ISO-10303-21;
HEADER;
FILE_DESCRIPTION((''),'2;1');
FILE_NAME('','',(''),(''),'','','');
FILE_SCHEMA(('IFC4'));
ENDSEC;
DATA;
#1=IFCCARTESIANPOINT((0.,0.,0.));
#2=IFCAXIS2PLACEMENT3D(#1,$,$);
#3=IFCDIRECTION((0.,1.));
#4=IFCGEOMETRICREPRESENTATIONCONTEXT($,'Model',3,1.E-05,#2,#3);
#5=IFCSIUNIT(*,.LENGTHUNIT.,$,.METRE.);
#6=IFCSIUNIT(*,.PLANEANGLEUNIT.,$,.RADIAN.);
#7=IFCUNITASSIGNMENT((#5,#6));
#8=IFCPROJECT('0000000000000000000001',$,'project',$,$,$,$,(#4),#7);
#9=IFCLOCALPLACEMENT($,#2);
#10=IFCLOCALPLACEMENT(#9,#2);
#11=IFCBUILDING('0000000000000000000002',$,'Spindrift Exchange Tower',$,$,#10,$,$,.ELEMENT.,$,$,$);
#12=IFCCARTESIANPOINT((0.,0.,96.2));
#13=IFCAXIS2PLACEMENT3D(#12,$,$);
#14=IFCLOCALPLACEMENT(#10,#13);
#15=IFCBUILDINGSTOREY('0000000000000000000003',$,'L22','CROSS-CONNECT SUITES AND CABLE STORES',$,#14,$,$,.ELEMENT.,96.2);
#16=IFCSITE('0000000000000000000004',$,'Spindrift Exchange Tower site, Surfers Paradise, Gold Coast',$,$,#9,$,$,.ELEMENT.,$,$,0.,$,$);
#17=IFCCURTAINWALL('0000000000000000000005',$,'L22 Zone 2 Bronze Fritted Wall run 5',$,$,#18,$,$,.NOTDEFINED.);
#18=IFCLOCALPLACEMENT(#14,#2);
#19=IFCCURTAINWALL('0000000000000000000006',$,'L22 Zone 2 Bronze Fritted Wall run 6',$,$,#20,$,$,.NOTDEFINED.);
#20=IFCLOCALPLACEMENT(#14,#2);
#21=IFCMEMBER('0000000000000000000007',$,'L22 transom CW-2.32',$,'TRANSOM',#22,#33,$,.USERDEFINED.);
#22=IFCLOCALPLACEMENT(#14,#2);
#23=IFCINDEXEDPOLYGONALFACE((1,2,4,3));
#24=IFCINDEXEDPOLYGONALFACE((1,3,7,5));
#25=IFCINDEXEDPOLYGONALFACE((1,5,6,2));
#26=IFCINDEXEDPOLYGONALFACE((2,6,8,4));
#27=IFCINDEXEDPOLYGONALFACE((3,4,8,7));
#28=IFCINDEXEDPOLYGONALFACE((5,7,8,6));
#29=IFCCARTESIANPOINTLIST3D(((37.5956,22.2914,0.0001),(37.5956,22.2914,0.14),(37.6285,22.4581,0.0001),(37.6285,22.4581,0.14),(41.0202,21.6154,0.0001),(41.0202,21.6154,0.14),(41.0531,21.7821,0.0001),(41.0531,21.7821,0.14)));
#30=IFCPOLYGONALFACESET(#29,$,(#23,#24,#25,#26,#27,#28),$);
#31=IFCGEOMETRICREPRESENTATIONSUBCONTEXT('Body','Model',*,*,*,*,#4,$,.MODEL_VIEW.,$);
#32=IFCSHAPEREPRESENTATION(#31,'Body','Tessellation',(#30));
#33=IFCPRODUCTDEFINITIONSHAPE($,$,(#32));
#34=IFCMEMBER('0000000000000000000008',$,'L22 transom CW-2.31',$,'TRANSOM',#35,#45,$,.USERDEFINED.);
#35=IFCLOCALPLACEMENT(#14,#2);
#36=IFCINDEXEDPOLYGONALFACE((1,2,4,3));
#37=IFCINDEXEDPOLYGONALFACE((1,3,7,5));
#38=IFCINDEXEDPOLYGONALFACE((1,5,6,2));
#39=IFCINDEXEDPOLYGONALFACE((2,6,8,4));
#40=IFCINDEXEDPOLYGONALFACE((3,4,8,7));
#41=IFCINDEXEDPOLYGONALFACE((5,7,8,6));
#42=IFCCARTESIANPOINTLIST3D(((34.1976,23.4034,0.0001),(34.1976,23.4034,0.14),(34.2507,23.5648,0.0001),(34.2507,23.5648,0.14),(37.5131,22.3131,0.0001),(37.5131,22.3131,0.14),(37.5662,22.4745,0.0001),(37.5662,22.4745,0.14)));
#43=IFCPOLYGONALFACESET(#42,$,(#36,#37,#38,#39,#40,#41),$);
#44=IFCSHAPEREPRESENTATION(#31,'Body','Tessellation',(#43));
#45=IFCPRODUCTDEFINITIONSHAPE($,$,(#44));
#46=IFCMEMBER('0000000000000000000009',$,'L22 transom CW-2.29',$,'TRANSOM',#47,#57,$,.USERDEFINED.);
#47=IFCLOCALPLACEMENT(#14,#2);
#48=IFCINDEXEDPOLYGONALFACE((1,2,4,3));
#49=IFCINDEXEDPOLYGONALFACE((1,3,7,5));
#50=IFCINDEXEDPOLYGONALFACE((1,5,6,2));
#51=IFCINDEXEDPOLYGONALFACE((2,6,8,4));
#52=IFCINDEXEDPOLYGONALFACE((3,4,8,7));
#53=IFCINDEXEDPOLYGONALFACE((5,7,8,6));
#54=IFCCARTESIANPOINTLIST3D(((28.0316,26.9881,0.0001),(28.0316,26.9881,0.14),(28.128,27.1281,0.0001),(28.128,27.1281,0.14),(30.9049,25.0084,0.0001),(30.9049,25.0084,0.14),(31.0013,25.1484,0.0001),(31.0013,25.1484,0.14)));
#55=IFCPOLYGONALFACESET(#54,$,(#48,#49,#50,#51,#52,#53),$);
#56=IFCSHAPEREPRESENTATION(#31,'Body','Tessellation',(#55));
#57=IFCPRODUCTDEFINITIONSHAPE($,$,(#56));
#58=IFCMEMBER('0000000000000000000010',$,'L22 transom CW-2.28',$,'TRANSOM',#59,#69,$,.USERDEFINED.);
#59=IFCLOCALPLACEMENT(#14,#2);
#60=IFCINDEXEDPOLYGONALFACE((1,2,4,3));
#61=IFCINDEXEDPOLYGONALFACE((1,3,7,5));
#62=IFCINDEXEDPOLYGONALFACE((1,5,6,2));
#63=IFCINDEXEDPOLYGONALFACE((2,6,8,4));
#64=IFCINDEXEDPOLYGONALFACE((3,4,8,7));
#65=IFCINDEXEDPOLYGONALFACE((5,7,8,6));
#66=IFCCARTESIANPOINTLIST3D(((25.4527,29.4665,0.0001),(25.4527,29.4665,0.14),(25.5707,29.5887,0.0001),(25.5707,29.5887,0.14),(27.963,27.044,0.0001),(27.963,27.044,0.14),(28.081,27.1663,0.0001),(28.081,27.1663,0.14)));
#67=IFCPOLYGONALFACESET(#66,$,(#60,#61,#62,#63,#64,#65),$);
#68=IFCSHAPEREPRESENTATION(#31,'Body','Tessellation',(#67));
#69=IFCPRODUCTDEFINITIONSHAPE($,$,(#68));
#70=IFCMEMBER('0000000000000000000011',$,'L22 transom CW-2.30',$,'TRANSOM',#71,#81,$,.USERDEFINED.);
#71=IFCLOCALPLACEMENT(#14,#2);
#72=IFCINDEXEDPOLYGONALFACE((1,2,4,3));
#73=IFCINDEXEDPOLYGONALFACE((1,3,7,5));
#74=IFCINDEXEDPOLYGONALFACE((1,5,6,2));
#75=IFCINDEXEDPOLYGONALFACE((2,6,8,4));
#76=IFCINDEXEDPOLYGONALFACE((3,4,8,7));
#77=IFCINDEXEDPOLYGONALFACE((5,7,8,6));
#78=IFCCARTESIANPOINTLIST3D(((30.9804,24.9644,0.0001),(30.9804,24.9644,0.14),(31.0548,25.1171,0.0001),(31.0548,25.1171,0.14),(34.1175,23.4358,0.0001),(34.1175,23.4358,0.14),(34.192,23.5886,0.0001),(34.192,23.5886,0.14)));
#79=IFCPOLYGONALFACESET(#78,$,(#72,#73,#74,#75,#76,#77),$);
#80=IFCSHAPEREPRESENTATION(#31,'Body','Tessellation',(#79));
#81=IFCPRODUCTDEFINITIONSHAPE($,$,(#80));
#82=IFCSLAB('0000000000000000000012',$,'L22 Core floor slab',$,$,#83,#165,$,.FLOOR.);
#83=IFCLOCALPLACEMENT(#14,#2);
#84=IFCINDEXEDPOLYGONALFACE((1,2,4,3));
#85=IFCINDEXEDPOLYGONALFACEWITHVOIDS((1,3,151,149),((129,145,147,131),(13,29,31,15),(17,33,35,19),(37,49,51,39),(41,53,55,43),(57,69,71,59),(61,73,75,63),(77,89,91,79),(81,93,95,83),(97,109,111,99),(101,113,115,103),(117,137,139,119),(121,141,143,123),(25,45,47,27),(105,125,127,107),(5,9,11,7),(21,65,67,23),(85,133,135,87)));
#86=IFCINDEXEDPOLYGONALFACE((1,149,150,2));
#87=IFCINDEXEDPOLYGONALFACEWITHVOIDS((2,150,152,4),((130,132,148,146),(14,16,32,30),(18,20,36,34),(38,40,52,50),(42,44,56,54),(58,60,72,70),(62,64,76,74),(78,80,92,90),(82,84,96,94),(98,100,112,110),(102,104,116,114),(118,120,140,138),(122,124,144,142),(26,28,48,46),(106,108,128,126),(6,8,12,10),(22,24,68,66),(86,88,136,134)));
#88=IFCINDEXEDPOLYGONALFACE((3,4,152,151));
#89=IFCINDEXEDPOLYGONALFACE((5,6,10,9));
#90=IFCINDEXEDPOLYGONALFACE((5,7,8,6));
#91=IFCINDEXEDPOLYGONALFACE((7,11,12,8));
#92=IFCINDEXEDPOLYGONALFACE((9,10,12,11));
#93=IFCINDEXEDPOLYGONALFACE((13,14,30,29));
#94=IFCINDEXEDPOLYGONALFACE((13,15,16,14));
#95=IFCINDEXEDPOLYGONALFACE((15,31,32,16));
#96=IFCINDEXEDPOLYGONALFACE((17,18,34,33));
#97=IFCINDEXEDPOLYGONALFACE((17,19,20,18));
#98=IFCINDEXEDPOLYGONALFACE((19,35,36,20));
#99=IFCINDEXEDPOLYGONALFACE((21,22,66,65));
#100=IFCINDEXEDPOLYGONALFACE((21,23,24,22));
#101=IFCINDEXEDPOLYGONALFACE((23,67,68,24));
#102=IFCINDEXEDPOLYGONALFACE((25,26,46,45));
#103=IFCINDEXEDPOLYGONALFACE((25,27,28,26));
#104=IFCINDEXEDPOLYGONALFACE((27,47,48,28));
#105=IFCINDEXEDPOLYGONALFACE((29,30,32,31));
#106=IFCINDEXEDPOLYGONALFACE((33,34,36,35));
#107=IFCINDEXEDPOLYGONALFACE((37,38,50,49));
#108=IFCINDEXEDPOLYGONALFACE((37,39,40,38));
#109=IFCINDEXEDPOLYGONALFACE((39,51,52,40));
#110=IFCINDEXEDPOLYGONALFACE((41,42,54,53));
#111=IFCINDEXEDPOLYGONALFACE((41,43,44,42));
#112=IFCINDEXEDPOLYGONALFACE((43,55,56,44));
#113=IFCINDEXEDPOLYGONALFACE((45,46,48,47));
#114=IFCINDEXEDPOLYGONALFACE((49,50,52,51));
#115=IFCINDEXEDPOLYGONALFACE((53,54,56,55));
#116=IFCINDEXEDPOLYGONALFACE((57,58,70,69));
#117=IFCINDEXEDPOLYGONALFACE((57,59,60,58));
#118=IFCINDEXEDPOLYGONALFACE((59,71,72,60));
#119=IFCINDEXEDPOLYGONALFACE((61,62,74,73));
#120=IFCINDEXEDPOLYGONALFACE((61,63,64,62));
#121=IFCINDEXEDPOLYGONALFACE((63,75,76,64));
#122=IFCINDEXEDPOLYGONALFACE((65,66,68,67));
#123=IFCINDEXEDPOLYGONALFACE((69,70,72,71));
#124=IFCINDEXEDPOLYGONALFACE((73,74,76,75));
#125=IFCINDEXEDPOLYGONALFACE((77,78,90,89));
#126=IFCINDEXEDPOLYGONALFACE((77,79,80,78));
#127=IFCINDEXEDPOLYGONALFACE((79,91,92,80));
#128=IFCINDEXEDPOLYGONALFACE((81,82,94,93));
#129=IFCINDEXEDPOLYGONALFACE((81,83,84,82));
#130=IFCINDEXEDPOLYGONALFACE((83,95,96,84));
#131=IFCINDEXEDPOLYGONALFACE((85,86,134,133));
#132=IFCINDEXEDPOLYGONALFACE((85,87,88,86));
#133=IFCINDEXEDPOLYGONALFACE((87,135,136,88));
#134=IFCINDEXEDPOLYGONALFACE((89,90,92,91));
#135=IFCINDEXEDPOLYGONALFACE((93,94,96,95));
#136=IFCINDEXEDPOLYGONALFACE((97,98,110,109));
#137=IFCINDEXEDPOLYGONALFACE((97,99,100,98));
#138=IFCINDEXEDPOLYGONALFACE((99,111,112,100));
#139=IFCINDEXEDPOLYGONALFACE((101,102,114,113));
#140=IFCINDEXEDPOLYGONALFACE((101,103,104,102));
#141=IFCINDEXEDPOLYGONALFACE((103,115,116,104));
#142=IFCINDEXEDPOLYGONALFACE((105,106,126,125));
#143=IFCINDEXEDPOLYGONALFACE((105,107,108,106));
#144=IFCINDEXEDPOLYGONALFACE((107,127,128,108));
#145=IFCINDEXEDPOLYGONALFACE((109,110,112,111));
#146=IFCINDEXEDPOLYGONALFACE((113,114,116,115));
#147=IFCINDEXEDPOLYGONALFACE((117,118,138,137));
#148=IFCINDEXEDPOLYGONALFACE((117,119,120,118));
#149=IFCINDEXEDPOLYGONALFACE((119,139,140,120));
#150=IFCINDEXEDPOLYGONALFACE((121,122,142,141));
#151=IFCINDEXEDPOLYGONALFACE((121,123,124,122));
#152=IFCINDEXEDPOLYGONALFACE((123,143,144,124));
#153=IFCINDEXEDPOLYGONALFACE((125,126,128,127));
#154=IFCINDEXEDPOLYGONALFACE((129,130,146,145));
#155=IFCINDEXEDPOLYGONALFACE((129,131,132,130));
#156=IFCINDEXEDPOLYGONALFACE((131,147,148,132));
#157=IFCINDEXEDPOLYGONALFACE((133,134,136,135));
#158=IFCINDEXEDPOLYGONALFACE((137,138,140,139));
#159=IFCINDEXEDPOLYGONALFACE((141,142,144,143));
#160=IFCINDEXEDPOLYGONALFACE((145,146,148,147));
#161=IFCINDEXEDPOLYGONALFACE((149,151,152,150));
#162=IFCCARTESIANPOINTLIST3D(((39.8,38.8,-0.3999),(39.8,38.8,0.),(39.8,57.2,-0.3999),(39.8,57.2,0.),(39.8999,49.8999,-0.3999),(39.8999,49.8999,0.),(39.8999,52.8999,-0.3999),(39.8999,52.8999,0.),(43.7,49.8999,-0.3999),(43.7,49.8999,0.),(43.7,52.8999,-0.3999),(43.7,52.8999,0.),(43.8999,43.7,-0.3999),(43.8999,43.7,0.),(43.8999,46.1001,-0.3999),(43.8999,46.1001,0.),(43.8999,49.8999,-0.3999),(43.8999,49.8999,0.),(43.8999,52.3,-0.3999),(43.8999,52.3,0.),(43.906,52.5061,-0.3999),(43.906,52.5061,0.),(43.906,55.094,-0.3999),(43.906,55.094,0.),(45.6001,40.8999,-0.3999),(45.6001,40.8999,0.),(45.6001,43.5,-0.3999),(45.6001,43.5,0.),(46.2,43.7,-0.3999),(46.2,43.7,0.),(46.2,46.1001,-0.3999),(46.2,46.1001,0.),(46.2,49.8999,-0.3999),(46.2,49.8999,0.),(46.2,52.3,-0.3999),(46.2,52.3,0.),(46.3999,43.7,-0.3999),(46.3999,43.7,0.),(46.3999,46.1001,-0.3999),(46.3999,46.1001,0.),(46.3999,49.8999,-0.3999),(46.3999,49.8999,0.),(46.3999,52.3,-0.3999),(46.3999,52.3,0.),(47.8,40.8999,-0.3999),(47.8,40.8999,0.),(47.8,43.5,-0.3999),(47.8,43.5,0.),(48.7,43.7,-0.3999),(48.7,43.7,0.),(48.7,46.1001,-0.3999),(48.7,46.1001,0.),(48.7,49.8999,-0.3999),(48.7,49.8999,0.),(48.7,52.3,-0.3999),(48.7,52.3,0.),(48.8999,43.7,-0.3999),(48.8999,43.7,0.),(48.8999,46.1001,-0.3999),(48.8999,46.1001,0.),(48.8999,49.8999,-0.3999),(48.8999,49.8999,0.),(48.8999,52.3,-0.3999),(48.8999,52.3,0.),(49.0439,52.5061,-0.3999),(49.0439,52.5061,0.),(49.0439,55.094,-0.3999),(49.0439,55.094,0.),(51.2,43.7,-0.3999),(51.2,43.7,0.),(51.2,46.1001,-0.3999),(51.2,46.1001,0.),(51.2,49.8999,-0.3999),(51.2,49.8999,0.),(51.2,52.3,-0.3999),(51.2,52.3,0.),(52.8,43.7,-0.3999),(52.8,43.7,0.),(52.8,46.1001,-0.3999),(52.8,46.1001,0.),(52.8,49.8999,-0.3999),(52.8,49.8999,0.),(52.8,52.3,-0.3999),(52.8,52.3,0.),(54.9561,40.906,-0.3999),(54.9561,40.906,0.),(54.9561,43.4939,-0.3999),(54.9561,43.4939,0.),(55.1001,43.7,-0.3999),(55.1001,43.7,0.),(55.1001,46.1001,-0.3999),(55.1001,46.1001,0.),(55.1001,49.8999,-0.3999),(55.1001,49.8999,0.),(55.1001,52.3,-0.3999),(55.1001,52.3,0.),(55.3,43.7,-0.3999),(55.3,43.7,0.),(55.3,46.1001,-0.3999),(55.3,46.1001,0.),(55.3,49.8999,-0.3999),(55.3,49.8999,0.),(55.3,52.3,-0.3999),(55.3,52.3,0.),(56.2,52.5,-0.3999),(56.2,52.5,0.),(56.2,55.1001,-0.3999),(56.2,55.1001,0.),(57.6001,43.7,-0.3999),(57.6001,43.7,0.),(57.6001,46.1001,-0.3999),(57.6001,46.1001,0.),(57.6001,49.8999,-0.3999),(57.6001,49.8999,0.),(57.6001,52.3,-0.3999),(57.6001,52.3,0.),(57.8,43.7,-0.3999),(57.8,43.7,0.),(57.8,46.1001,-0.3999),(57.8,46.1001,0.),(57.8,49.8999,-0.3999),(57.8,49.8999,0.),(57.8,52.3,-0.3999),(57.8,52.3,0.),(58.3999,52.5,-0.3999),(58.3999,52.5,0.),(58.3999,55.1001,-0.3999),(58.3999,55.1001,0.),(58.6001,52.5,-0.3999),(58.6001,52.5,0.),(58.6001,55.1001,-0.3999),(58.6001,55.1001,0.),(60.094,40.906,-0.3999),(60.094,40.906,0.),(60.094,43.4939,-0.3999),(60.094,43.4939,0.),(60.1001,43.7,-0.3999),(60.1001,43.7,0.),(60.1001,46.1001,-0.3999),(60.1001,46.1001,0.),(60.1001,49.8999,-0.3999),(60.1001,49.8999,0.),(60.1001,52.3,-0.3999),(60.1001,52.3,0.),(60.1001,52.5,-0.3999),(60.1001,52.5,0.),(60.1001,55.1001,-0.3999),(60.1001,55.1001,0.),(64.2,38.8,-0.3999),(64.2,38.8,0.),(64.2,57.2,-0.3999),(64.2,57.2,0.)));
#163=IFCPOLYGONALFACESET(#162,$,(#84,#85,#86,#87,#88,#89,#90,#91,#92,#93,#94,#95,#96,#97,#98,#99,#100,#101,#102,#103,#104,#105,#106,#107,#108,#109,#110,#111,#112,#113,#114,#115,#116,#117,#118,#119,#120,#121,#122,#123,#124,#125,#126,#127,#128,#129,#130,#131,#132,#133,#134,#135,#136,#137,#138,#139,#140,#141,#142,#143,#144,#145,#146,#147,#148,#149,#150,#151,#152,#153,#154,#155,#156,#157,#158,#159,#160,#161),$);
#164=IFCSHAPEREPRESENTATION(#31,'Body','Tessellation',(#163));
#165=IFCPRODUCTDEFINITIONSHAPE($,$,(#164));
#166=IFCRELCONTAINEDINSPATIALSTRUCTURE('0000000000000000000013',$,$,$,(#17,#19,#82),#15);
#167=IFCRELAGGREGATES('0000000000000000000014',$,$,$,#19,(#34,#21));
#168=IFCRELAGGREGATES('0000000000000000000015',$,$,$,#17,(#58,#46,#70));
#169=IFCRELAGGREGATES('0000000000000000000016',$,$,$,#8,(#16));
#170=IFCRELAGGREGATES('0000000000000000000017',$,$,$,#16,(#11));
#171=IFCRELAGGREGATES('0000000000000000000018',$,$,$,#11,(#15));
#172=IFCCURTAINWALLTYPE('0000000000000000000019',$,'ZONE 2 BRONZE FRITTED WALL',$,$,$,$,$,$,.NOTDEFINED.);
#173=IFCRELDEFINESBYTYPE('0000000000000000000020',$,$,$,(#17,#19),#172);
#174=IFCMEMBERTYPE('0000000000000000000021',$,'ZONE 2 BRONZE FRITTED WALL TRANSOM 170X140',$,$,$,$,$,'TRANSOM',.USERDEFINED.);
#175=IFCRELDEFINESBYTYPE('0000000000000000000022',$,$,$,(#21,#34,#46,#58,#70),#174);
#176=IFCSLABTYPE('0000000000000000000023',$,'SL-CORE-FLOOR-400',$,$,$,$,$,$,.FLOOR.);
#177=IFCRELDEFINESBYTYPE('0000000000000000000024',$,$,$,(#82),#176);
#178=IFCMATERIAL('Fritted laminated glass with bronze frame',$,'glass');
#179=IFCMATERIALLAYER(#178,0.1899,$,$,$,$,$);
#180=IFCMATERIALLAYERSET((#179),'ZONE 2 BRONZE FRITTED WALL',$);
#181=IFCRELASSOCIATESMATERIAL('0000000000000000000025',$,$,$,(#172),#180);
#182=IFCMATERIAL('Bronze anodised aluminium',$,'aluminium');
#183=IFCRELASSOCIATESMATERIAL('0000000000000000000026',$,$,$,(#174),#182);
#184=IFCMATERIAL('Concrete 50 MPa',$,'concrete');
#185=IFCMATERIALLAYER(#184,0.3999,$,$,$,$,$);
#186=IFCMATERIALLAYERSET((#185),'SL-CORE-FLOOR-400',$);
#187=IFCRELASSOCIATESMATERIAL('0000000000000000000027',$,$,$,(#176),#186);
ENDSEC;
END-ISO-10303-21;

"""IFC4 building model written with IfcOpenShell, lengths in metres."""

from ifc_helpers import new_model, si_unit, direction, frame, origin, origin_2d, place, context, subcontext, project, spatial, line, indexed_curve, rectangle, outline, extrude, source, transform, mapped, material, layer, layer_set, material_profile, profile_set, type_object, element, aggregate, save


model = new_model("IFC4")

# Units and contexts
model_context = context("Model", 3, precision=1e-05, world=origin(), true_north=direction((0.0, 1.0)))
body_context = subcontext(model_context, "Body", "Model", "MODEL_VIEW")
ifc_project = project(units=[si_unit("LENGTHUNIT", "METRE"), si_unit("PLANEANGLEUNIT", "RADIAN")], contexts=[model_context])

# Site, building, storey
site_placement = place(None, origin())
site = spatial("IfcSite", under=ifc_project, at=site_placement, Name="Spindrift Exchange Tower site, Surfers Paradise, Gold Coast", CompositionType="ELEMENT", RefElevation=0.0)
building_placement = place(site_placement, origin())
building = spatial("IfcBuilding", under=site, at=building_placement, Name="Spindrift Exchange Tower", CompositionType="ELEMENT")
storey_placement = place(building_placement, frame((0.0, 0.0, 96.2)))
storey = spatial("IfcBuildingStorey", under=building, at=storey_placement, Name="L22", Description="CROSS-CONNECT SUITES AND CABLE STORES", CompositionType="ELEMENT", Elevation=96.2)

# Curtain walls
ifc_material_1 = material(Name="Fritted laminated glass with bronze frame", Category="glass")
ifc_layer_1 = layer(ifc_material_1, 0.1899)
ifc_layer_set_1 = layer_set([ifc_layer_1], Name="ZONE 2 BRONZE FRITTED WALL")
curtain_wall_type = type_object("IfcCurtainWallType", Name="ZONE 2 BRONZE FRITTED WALL", PredefinedType="NOTDEFINED", material=ifc_layer_set_1)
curtain_wall_1_placement = place(storey_placement, origin())
curtain_wall_1 = element("IfcCurtainWall", 1, at=curtain_wall_1_placement, inside=storey, type_object=curtain_wall_type, Name="L22 Zone 2 Bronze Fritted Wall run 5", PredefinedType="NOTDEFINED")
ifc_material_2 = material(Name="Bronze anodised aluminium", Category="aluminium")
curtain_wall_2_placement = place(storey_placement, origin())
curtain_wall_2 = element("IfcCurtainWall", 2, at=curtain_wall_2_placement, inside=storey, type_object=curtain_wall_type, Name="L22 Zone 2 Bronze Fritted Wall run 6", PredefinedType="NOTDEFINED")

# Members
ifc_material_profile_1 = material_profile(ifc_material_2, rectangle(XDim=0.1699, YDim=0.1399, at=origin_2d()), Name="ZONE 2 BRONZE FRITTED WALL TRANSOM 170X140")
ifc_profile_set_1 = profile_set([ifc_material_profile_1], Name="Bronze anodised aluminium")
member_type_1 = type_object("IfcMemberType", Name="ZONE 2 BRONZE FRITTED WALL TRANSOM 170X140", ElementType="TRANSOM", PredefinedType="USERDEFINED", material=ifc_profile_set_1)
shared_shape_1 = source(origin(), body_context, "Body", "SweptSolid", [
    extrude(rectangle(XDim=0.1699, YDim=0.1399, at=origin_2d()), origin(), (0.0, 0.0, 1.0), 3.4907),
])
member_1_placement = place(storey_placement, frame((37.6121, 22.3748, 0.0701), z_axis=(0.981067, -0.193668, 0.0), x_axis=(0.193668, 0.981067, 0.0)))
member_1 = element("IfcMember", 3, at=member_1_placement, type_object=member_type_1, Name="L22 transom CW-2.32", ObjectType="TRANSOM", PredefinedType="USERDEFINED", context=body_context, shape_type="MappedRepresentation", body=[
    mapped(shared_shape_1, transform((0.0, 0.0, 0.0), scale=1.0)),
])
shared_shape_2 = source(origin(), body_context, "Body", "SweptSolid", [
    extrude(rectangle(XDim=0.1699, YDim=0.1399, at=origin_2d()), origin(), (0.0, 0.0, 1.0), 3.4902),
])
member_2_placement = place(storey_placement, frame((34.2241, 23.4841, 0.0701), z_axis=(0.949956, -0.312385, 0.0), x_axis=(0.312385, 0.949956, 0.0)))
member_2 = element("IfcMember", 4, at=member_2_placement, type_object=member_type_1, Name="L22 transom CW-2.31", ObjectType="TRANSOM", PredefinedType="USERDEFINED", context=body_context, shape_type="MappedRepresentation", body=[
    mapped(shared_shape_2, transform((0.0, 0.0, 0.0), scale=1.0)),
])
shared_shape_3 = source(origin(), body_context, "Body", "SweptSolid", [
    extrude(rectangle(XDim=0.1699, YDim=0.1399, at=origin_2d()), origin(), (0.0, 0.0, 1.0), 3.4893),
])
member_3_placement = place(storey_placement, frame((28.0798, 27.0581, 0.0701), z_axis=(0.82346, -0.567375, 0.0), x_axis=(0.567375, 0.82346, 0.0)))
member_3 = element("IfcMember", 5, at=member_3_placement, type_object=member_type_1, Name="L22 transom CW-2.29", ObjectType="TRANSOM", PredefinedType="USERDEFINED", context=body_context, shape_type="MappedRepresentation", body=[
    mapped(shared_shape_3, transform((0.0, 0.0, 0.0), scale=1.0)),
])
shared_shape_4 = source(origin(), body_context, "Body", "SweptSolid", [
    extrude(rectangle(XDim=0.1699, YDim=0.1399, at=origin_2d()), origin(), (0.0, 0.0, 1.0), 3.4885),
])
member_4_placement = place(storey_placement, frame((25.5117, 29.5276, 0.0701), z_axis=(0.719592, -0.694397, 0.0), x_axis=(0.694397, 0.719592, 0.0)))
member_4 = element("IfcMember", 6, at=member_4_placement, type_object=member_type_1, Name="L22 transom CW-2.28", ObjectType="TRANSOM", PredefinedType="USERDEFINED", context=body_context, shape_type="MappedRepresentation", body=[
    mapped(shared_shape_4, transform((0.0, 0.0, 0.0), scale=1.0)),
])
shared_shape_5 = source(origin(), body_context, "Body", "SweptSolid", [
    extrude(rectangle(XDim=0.1699, YDim=0.1399, at=origin_2d()), origin(), (0.0, 0.0, 1.0), 3.4897),
])
member_5_placement = place(storey_placement, frame((31.0176, 25.0408, 0.0701), z_axis=(0.898969, -0.438011, 0.0), x_axis=(0.438011, 0.898969, 0.0)))
member_5 = element("IfcMember", 7, at=member_5_placement, type_object=member_type_1, Name="L22 transom CW-2.30", ObjectType="TRANSOM", PredefinedType="USERDEFINED", context=body_context, shape_type="MappedRepresentation", body=[
    mapped(shared_shape_5, transform((0.0, 0.0, 0.0), scale=1.0)),
])

# Slab
ifc_material_3 = material(Name="Concrete 50 MPa", Category="concrete")
ifc_layer_2 = layer(ifc_material_3, 0.3999)
ifc_layer_set_2 = layer_set([ifc_layer_2], Name="SL-CORE-FLOOR-400")
slab_type_1 = type_object("IfcSlabType", Name="SL-CORE-FLOOR-400", PredefinedType="FLOOR", material=ifc_layer_set_2)
slab_1_placement = place(storey_placement, frame((0.0, 0.0, -0.3999)))
element("IfcSlab", 8, at=slab_1_placement, inside=storey, type_object=slab_type_1, Name="L22 Core floor slab", PredefinedType="FLOOR", context=body_context, shape_type="SweptSolid", body=[
    extrude(outline(indexed_curve([(39.8, 38.8), (39.8, 57.2), (64.2, 57.2), (64.2, 38.8)], segments=[line(1, 2, 3, 4, 1)], self_intersect=False), holes=[indexed_curve([(47.8, 43.5), (45.6001, 43.5), (45.6001, 40.8999), (47.8, 40.8999)], segments=[line(1, 2, 3, 4, 1)], self_intersect=False), indexed_curve([(46.2, 46.1001), (43.8999, 46.1001), (43.8999, 43.7), (46.2, 43.7)], segments=[line(1, 2, 3, 4, 1)], self_intersect=False), indexed_curve([(48.7, 46.1001), (46.3999, 46.1001), (46.3999, 43.7), (48.7, 43.7)], segments=[line(1, 2, 3, 4, 1)], self_intersect=False), indexed_curve([(51.2, 46.1001), (48.8999, 46.1001), (48.8999, 43.7), (51.2, 43.7)], segments=[line(1, 2, 3, 4, 1)], self_intersect=False), indexed_curve([(46.2, 52.3), (43.8999, 52.3), (43.8999, 49.8999), (46.2, 49.8999)], segments=[line(1, 2, 3, 4, 1)], self_intersect=False), indexed_curve([(48.7, 52.3), (46.3999, 52.3), (46.3999, 49.8999), (48.7, 49.8999)], segments=[line(1, 2, 3, 4, 1)], self_intersect=False), indexed_curve([(51.2, 52.3), (48.8999, 52.3), (48.8999, 49.8999), (51.2, 49.8999)], segments=[line(1, 2, 3, 4, 1)], self_intersect=False), indexed_curve([(43.7, 49.8999), (43.7, 52.8999), (39.8999, 52.8999), (39.8999, 49.8999)], segments=[line(1, 2, 3, 4, 1)], self_intersect=False), indexed_curve([(49.0439, 55.094), (43.906, 55.094), (43.906, 52.5061), (49.0439, 52.5061)], segments=[line(1, 2, 3, 4, 1)], self_intersect=False), indexed_curve([(60.094, 40.906), (60.094, 43.4939), (54.9561, 43.4939), (54.9561, 40.906)], segments=[line(1, 2, 3, 4, 1)], self_intersect=False), indexed_curve([(55.1001, 46.1001), (52.8, 46.1001), (52.8, 43.7), (55.1001, 43.7)], segments=[line(1, 2, 3, 4, 1)], self_intersect=False), indexed_curve([(57.6001, 46.1001), (55.3, 46.1001), (55.3, 43.7), (57.6001, 43.7)], segments=[line(1, 2, 3, 4, 1)], self_intersect=False), indexed_curve([(60.1001, 46.1001), (57.8, 46.1001), (57.8, 43.7), (60.1001, 43.7)], segments=[line(1, 2, 3, 4, 1)], self_intersect=False), indexed_curve([(55.1001, 52.3), (52.8, 52.3), (52.8, 49.8999), (55.1001, 49.8999)], segments=[line(1, 2, 3, 4, 1)], self_intersect=False), indexed_curve([(57.6001, 52.3), (55.3, 52.3), (55.3, 49.8999), (57.6001, 49.8999)], segments=[line(1, 2, 3, 4, 1)], self_intersect=False), indexed_curve([(60.1001, 52.3), (57.8, 52.3), (57.8, 49.8999), (60.1001, 49.8999)], segments=[line(1, 2, 3, 4, 1)], self_intersect=False), indexed_curve([(58.3999, 52.5), (58.3999, 55.1001), (56.2, 55.1001), (56.2, 52.5)], segments=[line(1, 2, 3, 4, 1)], self_intersect=False), indexed_curve([(60.1001, 52.5), (60.1001, 55.1001), (58.6001, 55.1001), (58.6001, 52.5)], segments=[line(1, 2, 3, 4, 1)], self_intersect=False)]), origin(), (0.0, 0.0, 1.0), 0.3999),
])

aggregate(curtain_wall_2, [member_2, member_1])
aggregate(curtain_wall_1, [member_4, member_3, member_5])

save(model, "model.ifc")
